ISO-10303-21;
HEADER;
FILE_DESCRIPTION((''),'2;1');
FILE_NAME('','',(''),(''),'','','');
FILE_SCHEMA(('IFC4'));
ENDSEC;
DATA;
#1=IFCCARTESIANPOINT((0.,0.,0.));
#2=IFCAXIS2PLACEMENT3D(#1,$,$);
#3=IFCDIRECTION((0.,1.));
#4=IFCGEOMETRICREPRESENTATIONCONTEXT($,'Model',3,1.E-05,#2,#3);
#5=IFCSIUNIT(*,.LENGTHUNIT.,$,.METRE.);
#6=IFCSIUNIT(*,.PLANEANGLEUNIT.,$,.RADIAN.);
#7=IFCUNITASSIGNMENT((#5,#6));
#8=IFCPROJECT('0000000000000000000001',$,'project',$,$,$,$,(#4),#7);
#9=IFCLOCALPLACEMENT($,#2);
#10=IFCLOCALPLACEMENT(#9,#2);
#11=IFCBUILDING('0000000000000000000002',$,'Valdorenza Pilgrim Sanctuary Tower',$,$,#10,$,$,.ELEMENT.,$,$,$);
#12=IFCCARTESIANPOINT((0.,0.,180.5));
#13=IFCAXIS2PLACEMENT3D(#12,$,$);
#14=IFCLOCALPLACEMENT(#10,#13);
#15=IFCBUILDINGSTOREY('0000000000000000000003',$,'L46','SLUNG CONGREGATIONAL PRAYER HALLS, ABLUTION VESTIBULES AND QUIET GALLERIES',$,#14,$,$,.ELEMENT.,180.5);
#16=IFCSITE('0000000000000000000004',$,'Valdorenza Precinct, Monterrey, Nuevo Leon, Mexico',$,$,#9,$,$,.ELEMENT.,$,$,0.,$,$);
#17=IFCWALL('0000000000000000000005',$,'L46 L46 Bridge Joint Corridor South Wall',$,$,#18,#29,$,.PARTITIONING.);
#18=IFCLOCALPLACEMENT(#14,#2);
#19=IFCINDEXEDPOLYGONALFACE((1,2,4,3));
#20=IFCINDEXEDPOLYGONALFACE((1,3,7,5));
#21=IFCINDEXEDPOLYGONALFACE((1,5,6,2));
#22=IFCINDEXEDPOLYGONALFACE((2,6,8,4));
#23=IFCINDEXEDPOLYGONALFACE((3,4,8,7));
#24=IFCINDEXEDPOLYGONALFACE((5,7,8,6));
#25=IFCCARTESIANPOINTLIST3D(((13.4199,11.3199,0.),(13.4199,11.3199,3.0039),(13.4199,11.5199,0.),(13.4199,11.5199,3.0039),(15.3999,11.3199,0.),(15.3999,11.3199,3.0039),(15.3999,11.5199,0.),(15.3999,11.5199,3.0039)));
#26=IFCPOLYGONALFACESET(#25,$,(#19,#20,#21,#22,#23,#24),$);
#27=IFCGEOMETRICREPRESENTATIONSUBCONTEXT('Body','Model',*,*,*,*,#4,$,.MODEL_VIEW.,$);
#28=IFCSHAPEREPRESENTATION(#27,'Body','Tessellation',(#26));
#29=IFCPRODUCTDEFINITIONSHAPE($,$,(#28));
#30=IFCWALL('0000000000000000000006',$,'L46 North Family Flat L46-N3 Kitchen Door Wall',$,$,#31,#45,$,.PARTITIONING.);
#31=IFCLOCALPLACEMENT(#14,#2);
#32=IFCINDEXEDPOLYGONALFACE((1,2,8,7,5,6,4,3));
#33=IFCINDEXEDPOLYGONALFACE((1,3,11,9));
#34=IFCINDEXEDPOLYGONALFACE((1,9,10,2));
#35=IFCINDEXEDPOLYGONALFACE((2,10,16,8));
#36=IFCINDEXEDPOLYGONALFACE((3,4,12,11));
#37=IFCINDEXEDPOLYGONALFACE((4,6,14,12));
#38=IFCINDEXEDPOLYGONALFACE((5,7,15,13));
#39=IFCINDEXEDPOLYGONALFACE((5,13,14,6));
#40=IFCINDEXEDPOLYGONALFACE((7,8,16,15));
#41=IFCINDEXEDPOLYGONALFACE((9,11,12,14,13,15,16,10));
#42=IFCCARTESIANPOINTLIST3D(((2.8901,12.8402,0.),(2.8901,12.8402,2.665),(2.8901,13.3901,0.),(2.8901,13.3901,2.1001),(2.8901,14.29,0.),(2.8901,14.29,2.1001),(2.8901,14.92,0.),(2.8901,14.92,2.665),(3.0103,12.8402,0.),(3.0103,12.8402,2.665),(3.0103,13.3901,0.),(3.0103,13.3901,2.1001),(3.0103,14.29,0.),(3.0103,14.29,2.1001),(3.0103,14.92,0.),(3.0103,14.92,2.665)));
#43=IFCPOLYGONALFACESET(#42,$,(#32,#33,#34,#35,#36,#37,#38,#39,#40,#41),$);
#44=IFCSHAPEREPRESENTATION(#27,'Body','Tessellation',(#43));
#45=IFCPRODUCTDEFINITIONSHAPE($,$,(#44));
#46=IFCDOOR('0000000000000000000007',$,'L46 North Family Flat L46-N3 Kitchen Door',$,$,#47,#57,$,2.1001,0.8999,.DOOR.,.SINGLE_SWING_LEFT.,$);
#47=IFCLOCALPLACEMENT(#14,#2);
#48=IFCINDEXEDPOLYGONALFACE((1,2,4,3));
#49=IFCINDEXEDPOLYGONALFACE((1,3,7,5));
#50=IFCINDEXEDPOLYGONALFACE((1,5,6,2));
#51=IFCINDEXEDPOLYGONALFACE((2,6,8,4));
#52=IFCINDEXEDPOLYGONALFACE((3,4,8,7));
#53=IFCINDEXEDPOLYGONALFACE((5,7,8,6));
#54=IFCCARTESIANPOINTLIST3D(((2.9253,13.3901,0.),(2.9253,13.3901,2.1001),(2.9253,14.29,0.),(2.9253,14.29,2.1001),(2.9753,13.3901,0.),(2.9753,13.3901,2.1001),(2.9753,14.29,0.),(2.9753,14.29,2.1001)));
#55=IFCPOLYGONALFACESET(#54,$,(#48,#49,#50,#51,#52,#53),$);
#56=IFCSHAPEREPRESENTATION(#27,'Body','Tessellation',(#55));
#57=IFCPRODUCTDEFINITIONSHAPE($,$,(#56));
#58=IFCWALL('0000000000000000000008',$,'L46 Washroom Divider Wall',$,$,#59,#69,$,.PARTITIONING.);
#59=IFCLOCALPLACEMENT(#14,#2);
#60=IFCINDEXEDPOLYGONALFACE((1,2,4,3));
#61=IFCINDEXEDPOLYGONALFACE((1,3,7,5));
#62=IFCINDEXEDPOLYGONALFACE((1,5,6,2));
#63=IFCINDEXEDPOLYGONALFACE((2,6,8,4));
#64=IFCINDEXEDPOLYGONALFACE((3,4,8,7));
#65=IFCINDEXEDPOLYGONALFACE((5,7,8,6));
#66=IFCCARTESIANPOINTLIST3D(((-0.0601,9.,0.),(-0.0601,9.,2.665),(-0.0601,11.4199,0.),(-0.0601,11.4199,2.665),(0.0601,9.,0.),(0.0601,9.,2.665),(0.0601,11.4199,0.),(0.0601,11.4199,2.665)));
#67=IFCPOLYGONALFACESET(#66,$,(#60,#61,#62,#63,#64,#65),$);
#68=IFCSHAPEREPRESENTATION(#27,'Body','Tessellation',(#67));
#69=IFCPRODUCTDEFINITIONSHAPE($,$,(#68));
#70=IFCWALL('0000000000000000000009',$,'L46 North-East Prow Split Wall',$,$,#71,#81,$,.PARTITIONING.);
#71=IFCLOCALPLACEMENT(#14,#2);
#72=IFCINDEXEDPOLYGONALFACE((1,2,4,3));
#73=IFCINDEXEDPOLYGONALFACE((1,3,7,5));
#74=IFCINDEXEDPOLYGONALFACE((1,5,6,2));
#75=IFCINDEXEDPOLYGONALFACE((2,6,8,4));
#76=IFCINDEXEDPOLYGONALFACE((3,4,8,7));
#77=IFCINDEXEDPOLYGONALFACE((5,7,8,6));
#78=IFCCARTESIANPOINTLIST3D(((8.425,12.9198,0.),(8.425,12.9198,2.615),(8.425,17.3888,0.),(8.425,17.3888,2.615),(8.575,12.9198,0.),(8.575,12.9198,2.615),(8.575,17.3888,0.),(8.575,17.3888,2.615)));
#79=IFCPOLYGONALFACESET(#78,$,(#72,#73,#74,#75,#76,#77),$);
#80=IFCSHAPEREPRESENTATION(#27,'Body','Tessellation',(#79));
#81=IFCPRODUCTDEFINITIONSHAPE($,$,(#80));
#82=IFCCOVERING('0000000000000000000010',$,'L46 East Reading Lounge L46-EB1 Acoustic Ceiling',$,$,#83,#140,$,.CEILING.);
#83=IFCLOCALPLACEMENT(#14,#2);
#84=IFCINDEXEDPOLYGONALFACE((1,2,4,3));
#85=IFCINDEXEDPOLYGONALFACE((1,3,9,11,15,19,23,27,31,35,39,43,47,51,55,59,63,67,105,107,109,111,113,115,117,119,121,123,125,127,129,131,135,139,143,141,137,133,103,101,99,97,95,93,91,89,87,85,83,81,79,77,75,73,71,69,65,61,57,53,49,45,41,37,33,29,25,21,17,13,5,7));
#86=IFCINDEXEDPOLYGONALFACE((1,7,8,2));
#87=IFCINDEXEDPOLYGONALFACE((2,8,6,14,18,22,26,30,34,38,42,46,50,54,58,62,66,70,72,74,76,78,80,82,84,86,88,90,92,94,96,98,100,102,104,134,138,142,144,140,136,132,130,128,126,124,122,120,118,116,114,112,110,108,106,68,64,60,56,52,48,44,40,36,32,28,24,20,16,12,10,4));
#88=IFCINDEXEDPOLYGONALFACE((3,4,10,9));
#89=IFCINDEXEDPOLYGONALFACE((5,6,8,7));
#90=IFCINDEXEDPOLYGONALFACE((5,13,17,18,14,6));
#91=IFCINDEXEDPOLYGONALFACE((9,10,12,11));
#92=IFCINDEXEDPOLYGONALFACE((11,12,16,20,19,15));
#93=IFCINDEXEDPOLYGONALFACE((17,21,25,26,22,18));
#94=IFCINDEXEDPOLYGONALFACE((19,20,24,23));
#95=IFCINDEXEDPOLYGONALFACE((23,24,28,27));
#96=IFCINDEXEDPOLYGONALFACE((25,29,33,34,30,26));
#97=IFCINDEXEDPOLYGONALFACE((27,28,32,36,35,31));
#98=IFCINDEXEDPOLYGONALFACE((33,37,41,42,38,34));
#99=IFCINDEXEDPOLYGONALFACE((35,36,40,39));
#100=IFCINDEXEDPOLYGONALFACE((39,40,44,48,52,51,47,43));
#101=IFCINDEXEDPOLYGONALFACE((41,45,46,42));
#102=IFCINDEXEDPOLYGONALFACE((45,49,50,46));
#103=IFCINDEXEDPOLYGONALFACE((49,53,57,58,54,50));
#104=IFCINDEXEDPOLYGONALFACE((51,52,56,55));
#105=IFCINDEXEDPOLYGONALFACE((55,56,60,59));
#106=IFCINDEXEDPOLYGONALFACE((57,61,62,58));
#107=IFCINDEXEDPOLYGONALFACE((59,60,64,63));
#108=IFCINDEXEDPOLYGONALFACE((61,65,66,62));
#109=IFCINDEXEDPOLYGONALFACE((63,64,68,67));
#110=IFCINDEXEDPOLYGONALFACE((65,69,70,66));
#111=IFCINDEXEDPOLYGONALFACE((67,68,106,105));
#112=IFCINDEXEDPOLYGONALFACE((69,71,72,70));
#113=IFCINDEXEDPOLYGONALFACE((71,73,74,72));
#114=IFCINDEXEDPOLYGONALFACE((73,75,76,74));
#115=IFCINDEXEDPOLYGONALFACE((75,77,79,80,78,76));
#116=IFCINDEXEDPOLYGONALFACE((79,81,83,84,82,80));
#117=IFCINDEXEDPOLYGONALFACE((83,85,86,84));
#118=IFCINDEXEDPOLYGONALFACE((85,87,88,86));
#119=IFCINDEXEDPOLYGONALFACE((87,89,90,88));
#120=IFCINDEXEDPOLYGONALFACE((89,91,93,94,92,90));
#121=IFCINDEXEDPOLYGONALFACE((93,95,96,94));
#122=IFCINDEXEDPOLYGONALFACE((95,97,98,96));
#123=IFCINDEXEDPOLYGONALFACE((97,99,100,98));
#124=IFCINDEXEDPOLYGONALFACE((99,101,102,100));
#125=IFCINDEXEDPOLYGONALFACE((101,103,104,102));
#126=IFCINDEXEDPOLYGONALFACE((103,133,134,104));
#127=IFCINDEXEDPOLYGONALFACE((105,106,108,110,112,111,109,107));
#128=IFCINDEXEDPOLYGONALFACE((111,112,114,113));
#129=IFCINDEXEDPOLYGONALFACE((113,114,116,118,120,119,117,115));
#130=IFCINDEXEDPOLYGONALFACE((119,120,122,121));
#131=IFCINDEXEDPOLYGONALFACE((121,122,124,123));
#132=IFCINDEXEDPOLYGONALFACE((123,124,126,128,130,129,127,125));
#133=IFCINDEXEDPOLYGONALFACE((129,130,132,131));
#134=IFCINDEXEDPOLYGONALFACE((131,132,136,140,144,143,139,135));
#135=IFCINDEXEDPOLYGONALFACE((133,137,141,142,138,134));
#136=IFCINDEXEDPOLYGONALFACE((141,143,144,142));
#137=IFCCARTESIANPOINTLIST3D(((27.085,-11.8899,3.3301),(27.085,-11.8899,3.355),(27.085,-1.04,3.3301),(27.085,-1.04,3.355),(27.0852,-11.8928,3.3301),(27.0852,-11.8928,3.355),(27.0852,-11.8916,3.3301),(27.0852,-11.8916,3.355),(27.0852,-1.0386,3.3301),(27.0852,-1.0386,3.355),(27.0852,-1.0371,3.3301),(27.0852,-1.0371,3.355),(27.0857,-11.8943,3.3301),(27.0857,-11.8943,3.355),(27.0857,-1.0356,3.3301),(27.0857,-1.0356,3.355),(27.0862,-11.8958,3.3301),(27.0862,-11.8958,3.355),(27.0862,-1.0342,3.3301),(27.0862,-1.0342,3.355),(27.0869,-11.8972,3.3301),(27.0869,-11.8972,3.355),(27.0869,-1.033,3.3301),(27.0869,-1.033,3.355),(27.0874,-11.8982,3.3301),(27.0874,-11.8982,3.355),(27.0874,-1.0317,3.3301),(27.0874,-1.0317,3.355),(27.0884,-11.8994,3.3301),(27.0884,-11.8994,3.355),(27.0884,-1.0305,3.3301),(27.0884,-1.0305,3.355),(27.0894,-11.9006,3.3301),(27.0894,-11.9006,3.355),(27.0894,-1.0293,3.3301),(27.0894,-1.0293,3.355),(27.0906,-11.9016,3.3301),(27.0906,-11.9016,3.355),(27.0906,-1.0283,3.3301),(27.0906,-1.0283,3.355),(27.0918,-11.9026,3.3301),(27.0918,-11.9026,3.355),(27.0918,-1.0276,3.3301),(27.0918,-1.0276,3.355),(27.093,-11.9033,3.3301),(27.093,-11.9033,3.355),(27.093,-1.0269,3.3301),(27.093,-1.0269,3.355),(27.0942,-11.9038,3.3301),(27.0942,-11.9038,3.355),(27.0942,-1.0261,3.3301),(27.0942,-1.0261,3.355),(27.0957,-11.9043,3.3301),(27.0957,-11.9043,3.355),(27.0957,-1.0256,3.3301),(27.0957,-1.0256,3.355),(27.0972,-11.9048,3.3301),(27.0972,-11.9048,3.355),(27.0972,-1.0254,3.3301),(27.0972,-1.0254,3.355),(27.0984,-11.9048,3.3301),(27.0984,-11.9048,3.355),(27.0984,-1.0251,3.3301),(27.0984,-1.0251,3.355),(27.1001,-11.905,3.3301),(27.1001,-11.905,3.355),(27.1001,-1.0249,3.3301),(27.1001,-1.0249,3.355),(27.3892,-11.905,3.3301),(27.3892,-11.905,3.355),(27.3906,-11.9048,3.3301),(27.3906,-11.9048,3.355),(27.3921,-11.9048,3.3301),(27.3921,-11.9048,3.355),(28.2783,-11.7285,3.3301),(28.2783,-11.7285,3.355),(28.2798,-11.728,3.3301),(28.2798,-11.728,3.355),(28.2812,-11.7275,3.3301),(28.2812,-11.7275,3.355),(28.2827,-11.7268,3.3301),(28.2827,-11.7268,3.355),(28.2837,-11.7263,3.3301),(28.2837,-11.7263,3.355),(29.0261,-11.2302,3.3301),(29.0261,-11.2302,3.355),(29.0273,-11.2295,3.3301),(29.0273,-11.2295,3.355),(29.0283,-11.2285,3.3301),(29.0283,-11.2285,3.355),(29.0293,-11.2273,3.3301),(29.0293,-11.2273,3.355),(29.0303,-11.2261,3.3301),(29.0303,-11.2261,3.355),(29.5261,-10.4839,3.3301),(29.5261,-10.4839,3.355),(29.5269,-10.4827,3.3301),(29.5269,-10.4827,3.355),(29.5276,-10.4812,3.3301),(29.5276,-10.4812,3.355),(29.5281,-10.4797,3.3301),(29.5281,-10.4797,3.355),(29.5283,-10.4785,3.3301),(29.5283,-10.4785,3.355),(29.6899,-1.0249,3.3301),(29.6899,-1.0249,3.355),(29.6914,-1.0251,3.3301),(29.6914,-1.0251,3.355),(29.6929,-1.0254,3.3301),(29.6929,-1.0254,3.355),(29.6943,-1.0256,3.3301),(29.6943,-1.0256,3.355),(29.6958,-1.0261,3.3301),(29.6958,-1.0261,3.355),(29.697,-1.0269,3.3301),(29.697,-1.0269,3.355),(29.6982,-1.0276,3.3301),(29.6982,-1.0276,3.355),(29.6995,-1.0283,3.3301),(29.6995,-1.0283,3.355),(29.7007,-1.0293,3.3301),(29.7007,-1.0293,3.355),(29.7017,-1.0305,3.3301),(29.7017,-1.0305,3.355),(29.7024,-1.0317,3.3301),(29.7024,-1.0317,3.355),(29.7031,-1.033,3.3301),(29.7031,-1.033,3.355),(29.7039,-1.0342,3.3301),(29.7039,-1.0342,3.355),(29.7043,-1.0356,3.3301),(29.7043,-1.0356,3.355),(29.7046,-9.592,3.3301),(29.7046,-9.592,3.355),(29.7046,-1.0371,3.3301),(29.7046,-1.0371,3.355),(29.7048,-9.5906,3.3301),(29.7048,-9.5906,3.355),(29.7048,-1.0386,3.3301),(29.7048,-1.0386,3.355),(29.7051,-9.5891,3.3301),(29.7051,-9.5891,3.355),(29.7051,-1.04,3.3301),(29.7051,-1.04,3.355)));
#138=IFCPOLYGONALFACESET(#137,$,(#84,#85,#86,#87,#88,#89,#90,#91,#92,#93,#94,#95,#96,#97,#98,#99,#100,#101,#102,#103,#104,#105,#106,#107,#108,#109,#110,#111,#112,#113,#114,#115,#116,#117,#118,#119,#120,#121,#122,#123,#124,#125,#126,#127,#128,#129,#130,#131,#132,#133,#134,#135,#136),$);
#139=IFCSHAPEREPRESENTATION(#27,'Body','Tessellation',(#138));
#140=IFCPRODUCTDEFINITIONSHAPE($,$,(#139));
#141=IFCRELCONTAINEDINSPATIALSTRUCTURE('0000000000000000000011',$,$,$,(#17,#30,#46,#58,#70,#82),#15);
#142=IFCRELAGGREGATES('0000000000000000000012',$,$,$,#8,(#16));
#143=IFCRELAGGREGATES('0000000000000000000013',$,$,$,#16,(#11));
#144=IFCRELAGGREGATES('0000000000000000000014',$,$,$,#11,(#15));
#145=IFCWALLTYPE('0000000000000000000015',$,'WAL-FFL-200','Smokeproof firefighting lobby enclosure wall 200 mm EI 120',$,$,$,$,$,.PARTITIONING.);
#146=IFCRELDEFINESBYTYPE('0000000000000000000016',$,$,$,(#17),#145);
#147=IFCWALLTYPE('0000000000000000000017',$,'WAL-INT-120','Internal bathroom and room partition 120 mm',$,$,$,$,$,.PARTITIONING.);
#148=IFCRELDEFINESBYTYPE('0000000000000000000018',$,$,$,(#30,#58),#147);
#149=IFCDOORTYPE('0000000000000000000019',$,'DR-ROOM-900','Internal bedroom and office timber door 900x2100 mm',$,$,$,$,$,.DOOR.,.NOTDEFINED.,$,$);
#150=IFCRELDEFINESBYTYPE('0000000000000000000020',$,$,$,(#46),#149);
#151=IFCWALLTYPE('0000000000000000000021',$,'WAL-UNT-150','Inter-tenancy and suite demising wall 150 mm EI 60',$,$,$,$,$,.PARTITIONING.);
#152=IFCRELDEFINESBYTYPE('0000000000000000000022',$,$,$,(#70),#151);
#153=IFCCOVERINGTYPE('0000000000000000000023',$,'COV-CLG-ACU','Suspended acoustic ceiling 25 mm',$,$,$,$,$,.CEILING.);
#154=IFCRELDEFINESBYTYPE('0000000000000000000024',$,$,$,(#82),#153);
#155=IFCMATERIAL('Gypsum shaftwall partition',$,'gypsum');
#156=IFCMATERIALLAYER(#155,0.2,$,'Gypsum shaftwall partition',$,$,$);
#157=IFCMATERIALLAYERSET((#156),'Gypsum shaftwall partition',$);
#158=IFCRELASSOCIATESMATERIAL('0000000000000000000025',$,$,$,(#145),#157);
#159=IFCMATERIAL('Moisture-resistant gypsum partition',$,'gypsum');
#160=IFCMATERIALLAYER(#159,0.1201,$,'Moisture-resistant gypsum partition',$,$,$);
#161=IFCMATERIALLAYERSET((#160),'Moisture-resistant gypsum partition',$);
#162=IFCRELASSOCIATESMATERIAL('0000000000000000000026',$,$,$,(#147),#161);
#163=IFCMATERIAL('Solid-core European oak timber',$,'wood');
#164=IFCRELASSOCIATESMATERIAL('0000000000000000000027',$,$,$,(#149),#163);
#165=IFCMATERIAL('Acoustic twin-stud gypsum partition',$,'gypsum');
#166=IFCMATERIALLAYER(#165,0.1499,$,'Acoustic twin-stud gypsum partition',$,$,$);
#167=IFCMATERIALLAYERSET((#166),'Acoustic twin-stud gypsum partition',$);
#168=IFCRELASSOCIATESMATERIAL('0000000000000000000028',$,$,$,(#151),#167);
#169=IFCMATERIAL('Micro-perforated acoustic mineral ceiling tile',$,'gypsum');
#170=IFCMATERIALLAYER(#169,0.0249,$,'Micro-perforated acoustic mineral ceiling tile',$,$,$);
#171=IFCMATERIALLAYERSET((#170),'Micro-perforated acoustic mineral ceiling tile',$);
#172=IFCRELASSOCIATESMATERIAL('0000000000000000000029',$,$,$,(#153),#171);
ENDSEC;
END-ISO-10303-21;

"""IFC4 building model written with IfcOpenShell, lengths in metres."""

from ifc_helpers import new_model, si_unit, direction, frame, frame_2d, origin, place, context, subcontext, project, spatial, polyline, rectangle, outline, extrude, material, layer, layer_set, type_object, element, fill, save


model = new_model("IFC4")

# Units and contexts
model_context = context("Model", 3, precision=1e-05, world=origin(), true_north=direction((0.0, 1.0)))
body_context = subcontext(model_context, "Body", "Model", "MODEL_VIEW")
ifc_project = project(units=[si_unit("LENGTHUNIT", "METRE"), si_unit("PLANEANGLEUNIT", "RADIAN")], contexts=[model_context])

# Site, building, storey
site_placement = place(None, origin())
site = spatial("IfcSite", under=ifc_project, at=site_placement, Name="Valdorenza Precinct, Monterrey, Nuevo Leon, Mexico", CompositionType="ELEMENT", RefElevation=0.0)
building_placement = place(site_placement, origin())
building = spatial("IfcBuilding", under=site, at=building_placement, Name="Valdorenza Pilgrim Sanctuary Tower", CompositionType="ELEMENT")
storey_placement = place(building_placement, frame((0.0, 0.0, 180.5)))
storey = spatial("IfcBuildingStorey", under=building, at=storey_placement, Name="L46", Description="SLUNG CONGREGATIONAL PRAYER HALLS, ABLUTION VESTIBULES AND QUIET GALLERIES", CompositionType="ELEMENT", Elevation=180.5)

# Shared definitions
ifc_material_1 = material(Name="Acoustic twin-stud gypsum partition", Category="gypsum")

# Wall
ifc_material_2 = material(Name="Gypsum shaftwall partition", Category="gypsum")
ifc_layer_1 = layer(ifc_material_2, 0.2, Name="Gypsum shaftwall partition")
ifc_layer_set_1 = layer_set([ifc_layer_1], Name="Gypsum shaftwall partition")
wall_type_1 = type_object("IfcWallType", Name="WAL-FFL-200", Description="Smokeproof firefighting lobby enclosure wall 200 mm EI 120", PredefinedType="PARTITIONING", material=ifc_layer_set_1)
wall_1_placement = place(storey_placement, frame((13.4199, 11.4199, 0.0), z_axis=(0.0, 0.0, 1.0), x_axis=(1.0, 0.0, 0.0)))
element("IfcWall", 1, at=wall_1_placement, inside=storey, type_object=wall_type_1, Name="L46 L46 Bridge Joint Corridor South Wall", PredefinedType="PARTITIONING", context=body_context, shape_type="SweptSolid", body=[
    extrude(rectangle(XDim=1.98, YDim=0.2, at=frame_2d((0.99, 0.0))), origin(), (0.0, 0.0, 1.0), 3.0039),
])

# Wall, opening, door
ifc_material_3 = material(Name="Moisture-resistant gypsum partition", Category="gypsum")
ifc_layer_2 = layer(ifc_material_3, 0.1201, Name="Moisture-resistant gypsum partition")
ifc_layer_set_2 = layer_set([ifc_layer_2], Name="Moisture-resistant gypsum partition")
wall_type_2 = type_object("IfcWallType", Name="WAL-INT-120", Description="Internal bathroom and room partition 120 mm", PredefinedType="PARTITIONING", material=ifc_layer_set_2)
wall_2_placement = place(storey_placement, frame((2.9502, 12.8401, 0.0), z_axis=(0.0, 0.0, 1.0), x_axis=(0.0, 1.0, 0.0)))
wall_2 = element("IfcWall", 2, at=wall_2_placement, inside=storey, type_object=wall_type_2, Name="L46 North Family Flat L46-N3 Kitchen Door Wall", PredefinedType="PARTITIONING", context=body_context, shape_type="SweptSolid", body=[
    extrude(rectangle(XDim=2.0798, YDim=0.1201, at=frame_2d((1.04, 0.0))), origin(), (0.0, 0.0, 1.0), 2.665),
])
opening_1_placement = place(wall_2_placement, frame((0.55, 0.0, 0.0)))
opening_1 = element("IfcOpeningElement", 3, at=opening_1_placement, cuts=wall_2, PredefinedType="OPENING", context=body_context, shape_type="SweptSolid", body=[
    extrude(rectangle(XDim=0.8999, YDim=2.1001, at=frame_2d((0.45, 1.05))), frame((0.0, 0.075, 0.0), z_axis=(0.0, -1.0, 0.0), x_axis=(1.0, 0.0, 0.0)), (0.0, 0.0, 1.0), 0.1499),
])
ifc_material_4 = material(Name="Solid-core European oak timber", Category="wood")
door_type_1 = type_object("IfcDoorType", Name="DR-ROOM-900", Description="Internal bedroom and office timber door 900x2100 mm", OperationType="NOTDEFINED", PredefinedType="DOOR", material=ifc_material_4)
door_1_placement = place(opening_1_placement, origin())
door_1 = element("IfcDoor", 4, at=door_1_placement, inside=storey, type_object=door_type_1, Name="L46 North Family Flat L46-N3 Kitchen Door", OperationType="SINGLE_SWING_LEFT", OverallHeight=2.1001, OverallWidth=0.8999, PredefinedType="DOOR", context=body_context, shape_type="SweptSolid", body=[
    extrude(rectangle(XDim=0.8999, YDim=2.1001, at=frame_2d((0.45, 1.05))), frame((0.0, 0.0249, 0.0), z_axis=(0.0, -1.0, 0.0), x_axis=(1.0, 0.0, 0.0)), (0.0, 0.0, 1.0), 0.05),
])
fill(opening_1, door_1)

# Walls
wall_3_placement = place(storey_placement, frame((0.0, 9.0, 0.0), z_axis=(0.0, 0.0, 1.0), x_axis=(0.0, 1.0, 0.0)))
element("IfcWall", 5, at=wall_3_placement, inside=storey, type_object=wall_type_2, Name="L46 Washroom Divider Wall", PredefinedType="PARTITIONING", context=body_context, shape_type="SweptSolid", body=[
    extrude(rectangle(XDim=2.4199, YDim=0.1201, at=frame_2d((1.21, 0.0))), origin(), (0.0, 0.0, 1.0), 2.665),
])
ifc_layer_3 = layer(ifc_material_1, 0.1499, Name="Acoustic twin-stud gypsum partition")
ifc_layer_set_3 = layer_set([ifc_layer_3], Name="Acoustic twin-stud gypsum partition")
wall_type_3 = type_object("IfcWallType", Name="WAL-UNT-150", Description="Inter-tenancy and suite demising wall 150 mm EI 60", PredefinedType="PARTITIONING", material=ifc_layer_set_3)
wall_4_placement = place(storey_placement, frame((8.5, 12.9199, 0.0), z_axis=(0.0, 0.0, 1.0), x_axis=(0.0, 1.0, 0.0)))
element("IfcWall", 6, at=wall_4_placement, inside=storey, type_object=wall_type_3, Name="L46 North-East Prow Split Wall", PredefinedType="PARTITIONING", context=body_context, shape_type="SweptSolid", body=[
    extrude(rectangle(XDim=4.469, YDim=0.1499, at=frame_2d((2.2344, 0.0))), origin(), (0.0, 0.0, 1.0), 2.615),
])

# Covering
ifc_material_5 = material(Name="Micro-perforated acoustic mineral ceiling tile", Category="gypsum")
ifc_layer_4 = layer(ifc_material_5, 0.0249, Name="Micro-perforated acoustic mineral ceiling tile")
ifc_layer_set_4 = layer_set([ifc_layer_4], Name="Micro-perforated acoustic mineral ceiling tile")
covering_type_1 = type_object("IfcCoveringType", Name="COV-CLG-ACU", Description="Suspended acoustic ceiling 25 mm", PredefinedType="CEILING", material=ifc_layer_set_4)
covering_1_placement = place(storey_placement, frame((0.0, 0.0, 3.3301)))
element("IfcCovering", 7, at=covering_1_placement, inside=storey, type_object=covering_type_1, Name="L46 East Reading Lounge L46-EB1 Acoustic Ceiling", PredefinedType="CEILING", context=body_context, shape_type="SweptSolid", body=[
    extrude(outline(polyline([(29.6899, -1.0249), (29.6914, -1.0251), (29.6929, -1.0254), (29.6943, -1.0256), (29.6958, -1.0261), (29.697, -1.0269), (29.6982, -1.0276), (29.6995, -1.0283), (29.7007, -1.0293), (29.7017, -1.0305), (29.7024, -1.0317), (29.7031, -1.033), (29.7039, -1.0342), (29.7043, -1.0356), (29.7046, -1.0371), (29.7048, -1.0386), (29.7051, -1.04), (29.7051, -9.5891), (29.7048, -9.5906), (29.7046, -9.592), (29.5283, -10.4785), (29.5281, -10.4797), (29.5276, -10.4812), (29.5269, -10.4827), (29.5261, -10.4839), (29.0303, -11.2261), (29.0293, -11.2273), (29.0283, -11.2285), (29.0273, -11.2295), (29.0261, -11.2302), (28.2837, -11.7263), (28.2827, -11.7268), (28.2812, -11.7275), (28.2798, -11.728), (28.2783, -11.7285), (27.3921, -11.9048), (27.3906, -11.9048), (27.3892, -11.905), (27.1001, -11.905), (27.0984, -11.9048), (27.0972, -11.9048), (27.0957, -11.9043), (27.0942, -11.9038), (27.093, -11.9033), (27.0918, -11.9026), (27.0906, -11.9016), (27.0894, -11.9006), (27.0884, -11.8994), (27.0874, -11.8982), (27.0869, -11.8972), (27.0862, -11.8958), (27.0857, -11.8943), (27.0852, -11.8928), (27.0852, -11.8916), (27.085, -11.8899), (27.085, -1.04), (27.0852, -1.0386), (27.0852, -1.0371), (27.0857, -1.0356), (27.0862, -1.0342), (27.0869, -1.033), (27.0874, -1.0317), (27.0884, -1.0305), (27.0894, -1.0293), (27.0906, -1.0283), (27.0918, -1.0276), (27.093, -1.0269), (27.0942, -1.0261), (27.0957, -1.0256), (27.0972, -1.0254), (27.0984, -1.0251), (27.1001, -1.0249), (29.6899, -1.0249)])), origin(), (0.0, 0.0, 1.0), 0.0249),
])

save(model, "model.ifc")
